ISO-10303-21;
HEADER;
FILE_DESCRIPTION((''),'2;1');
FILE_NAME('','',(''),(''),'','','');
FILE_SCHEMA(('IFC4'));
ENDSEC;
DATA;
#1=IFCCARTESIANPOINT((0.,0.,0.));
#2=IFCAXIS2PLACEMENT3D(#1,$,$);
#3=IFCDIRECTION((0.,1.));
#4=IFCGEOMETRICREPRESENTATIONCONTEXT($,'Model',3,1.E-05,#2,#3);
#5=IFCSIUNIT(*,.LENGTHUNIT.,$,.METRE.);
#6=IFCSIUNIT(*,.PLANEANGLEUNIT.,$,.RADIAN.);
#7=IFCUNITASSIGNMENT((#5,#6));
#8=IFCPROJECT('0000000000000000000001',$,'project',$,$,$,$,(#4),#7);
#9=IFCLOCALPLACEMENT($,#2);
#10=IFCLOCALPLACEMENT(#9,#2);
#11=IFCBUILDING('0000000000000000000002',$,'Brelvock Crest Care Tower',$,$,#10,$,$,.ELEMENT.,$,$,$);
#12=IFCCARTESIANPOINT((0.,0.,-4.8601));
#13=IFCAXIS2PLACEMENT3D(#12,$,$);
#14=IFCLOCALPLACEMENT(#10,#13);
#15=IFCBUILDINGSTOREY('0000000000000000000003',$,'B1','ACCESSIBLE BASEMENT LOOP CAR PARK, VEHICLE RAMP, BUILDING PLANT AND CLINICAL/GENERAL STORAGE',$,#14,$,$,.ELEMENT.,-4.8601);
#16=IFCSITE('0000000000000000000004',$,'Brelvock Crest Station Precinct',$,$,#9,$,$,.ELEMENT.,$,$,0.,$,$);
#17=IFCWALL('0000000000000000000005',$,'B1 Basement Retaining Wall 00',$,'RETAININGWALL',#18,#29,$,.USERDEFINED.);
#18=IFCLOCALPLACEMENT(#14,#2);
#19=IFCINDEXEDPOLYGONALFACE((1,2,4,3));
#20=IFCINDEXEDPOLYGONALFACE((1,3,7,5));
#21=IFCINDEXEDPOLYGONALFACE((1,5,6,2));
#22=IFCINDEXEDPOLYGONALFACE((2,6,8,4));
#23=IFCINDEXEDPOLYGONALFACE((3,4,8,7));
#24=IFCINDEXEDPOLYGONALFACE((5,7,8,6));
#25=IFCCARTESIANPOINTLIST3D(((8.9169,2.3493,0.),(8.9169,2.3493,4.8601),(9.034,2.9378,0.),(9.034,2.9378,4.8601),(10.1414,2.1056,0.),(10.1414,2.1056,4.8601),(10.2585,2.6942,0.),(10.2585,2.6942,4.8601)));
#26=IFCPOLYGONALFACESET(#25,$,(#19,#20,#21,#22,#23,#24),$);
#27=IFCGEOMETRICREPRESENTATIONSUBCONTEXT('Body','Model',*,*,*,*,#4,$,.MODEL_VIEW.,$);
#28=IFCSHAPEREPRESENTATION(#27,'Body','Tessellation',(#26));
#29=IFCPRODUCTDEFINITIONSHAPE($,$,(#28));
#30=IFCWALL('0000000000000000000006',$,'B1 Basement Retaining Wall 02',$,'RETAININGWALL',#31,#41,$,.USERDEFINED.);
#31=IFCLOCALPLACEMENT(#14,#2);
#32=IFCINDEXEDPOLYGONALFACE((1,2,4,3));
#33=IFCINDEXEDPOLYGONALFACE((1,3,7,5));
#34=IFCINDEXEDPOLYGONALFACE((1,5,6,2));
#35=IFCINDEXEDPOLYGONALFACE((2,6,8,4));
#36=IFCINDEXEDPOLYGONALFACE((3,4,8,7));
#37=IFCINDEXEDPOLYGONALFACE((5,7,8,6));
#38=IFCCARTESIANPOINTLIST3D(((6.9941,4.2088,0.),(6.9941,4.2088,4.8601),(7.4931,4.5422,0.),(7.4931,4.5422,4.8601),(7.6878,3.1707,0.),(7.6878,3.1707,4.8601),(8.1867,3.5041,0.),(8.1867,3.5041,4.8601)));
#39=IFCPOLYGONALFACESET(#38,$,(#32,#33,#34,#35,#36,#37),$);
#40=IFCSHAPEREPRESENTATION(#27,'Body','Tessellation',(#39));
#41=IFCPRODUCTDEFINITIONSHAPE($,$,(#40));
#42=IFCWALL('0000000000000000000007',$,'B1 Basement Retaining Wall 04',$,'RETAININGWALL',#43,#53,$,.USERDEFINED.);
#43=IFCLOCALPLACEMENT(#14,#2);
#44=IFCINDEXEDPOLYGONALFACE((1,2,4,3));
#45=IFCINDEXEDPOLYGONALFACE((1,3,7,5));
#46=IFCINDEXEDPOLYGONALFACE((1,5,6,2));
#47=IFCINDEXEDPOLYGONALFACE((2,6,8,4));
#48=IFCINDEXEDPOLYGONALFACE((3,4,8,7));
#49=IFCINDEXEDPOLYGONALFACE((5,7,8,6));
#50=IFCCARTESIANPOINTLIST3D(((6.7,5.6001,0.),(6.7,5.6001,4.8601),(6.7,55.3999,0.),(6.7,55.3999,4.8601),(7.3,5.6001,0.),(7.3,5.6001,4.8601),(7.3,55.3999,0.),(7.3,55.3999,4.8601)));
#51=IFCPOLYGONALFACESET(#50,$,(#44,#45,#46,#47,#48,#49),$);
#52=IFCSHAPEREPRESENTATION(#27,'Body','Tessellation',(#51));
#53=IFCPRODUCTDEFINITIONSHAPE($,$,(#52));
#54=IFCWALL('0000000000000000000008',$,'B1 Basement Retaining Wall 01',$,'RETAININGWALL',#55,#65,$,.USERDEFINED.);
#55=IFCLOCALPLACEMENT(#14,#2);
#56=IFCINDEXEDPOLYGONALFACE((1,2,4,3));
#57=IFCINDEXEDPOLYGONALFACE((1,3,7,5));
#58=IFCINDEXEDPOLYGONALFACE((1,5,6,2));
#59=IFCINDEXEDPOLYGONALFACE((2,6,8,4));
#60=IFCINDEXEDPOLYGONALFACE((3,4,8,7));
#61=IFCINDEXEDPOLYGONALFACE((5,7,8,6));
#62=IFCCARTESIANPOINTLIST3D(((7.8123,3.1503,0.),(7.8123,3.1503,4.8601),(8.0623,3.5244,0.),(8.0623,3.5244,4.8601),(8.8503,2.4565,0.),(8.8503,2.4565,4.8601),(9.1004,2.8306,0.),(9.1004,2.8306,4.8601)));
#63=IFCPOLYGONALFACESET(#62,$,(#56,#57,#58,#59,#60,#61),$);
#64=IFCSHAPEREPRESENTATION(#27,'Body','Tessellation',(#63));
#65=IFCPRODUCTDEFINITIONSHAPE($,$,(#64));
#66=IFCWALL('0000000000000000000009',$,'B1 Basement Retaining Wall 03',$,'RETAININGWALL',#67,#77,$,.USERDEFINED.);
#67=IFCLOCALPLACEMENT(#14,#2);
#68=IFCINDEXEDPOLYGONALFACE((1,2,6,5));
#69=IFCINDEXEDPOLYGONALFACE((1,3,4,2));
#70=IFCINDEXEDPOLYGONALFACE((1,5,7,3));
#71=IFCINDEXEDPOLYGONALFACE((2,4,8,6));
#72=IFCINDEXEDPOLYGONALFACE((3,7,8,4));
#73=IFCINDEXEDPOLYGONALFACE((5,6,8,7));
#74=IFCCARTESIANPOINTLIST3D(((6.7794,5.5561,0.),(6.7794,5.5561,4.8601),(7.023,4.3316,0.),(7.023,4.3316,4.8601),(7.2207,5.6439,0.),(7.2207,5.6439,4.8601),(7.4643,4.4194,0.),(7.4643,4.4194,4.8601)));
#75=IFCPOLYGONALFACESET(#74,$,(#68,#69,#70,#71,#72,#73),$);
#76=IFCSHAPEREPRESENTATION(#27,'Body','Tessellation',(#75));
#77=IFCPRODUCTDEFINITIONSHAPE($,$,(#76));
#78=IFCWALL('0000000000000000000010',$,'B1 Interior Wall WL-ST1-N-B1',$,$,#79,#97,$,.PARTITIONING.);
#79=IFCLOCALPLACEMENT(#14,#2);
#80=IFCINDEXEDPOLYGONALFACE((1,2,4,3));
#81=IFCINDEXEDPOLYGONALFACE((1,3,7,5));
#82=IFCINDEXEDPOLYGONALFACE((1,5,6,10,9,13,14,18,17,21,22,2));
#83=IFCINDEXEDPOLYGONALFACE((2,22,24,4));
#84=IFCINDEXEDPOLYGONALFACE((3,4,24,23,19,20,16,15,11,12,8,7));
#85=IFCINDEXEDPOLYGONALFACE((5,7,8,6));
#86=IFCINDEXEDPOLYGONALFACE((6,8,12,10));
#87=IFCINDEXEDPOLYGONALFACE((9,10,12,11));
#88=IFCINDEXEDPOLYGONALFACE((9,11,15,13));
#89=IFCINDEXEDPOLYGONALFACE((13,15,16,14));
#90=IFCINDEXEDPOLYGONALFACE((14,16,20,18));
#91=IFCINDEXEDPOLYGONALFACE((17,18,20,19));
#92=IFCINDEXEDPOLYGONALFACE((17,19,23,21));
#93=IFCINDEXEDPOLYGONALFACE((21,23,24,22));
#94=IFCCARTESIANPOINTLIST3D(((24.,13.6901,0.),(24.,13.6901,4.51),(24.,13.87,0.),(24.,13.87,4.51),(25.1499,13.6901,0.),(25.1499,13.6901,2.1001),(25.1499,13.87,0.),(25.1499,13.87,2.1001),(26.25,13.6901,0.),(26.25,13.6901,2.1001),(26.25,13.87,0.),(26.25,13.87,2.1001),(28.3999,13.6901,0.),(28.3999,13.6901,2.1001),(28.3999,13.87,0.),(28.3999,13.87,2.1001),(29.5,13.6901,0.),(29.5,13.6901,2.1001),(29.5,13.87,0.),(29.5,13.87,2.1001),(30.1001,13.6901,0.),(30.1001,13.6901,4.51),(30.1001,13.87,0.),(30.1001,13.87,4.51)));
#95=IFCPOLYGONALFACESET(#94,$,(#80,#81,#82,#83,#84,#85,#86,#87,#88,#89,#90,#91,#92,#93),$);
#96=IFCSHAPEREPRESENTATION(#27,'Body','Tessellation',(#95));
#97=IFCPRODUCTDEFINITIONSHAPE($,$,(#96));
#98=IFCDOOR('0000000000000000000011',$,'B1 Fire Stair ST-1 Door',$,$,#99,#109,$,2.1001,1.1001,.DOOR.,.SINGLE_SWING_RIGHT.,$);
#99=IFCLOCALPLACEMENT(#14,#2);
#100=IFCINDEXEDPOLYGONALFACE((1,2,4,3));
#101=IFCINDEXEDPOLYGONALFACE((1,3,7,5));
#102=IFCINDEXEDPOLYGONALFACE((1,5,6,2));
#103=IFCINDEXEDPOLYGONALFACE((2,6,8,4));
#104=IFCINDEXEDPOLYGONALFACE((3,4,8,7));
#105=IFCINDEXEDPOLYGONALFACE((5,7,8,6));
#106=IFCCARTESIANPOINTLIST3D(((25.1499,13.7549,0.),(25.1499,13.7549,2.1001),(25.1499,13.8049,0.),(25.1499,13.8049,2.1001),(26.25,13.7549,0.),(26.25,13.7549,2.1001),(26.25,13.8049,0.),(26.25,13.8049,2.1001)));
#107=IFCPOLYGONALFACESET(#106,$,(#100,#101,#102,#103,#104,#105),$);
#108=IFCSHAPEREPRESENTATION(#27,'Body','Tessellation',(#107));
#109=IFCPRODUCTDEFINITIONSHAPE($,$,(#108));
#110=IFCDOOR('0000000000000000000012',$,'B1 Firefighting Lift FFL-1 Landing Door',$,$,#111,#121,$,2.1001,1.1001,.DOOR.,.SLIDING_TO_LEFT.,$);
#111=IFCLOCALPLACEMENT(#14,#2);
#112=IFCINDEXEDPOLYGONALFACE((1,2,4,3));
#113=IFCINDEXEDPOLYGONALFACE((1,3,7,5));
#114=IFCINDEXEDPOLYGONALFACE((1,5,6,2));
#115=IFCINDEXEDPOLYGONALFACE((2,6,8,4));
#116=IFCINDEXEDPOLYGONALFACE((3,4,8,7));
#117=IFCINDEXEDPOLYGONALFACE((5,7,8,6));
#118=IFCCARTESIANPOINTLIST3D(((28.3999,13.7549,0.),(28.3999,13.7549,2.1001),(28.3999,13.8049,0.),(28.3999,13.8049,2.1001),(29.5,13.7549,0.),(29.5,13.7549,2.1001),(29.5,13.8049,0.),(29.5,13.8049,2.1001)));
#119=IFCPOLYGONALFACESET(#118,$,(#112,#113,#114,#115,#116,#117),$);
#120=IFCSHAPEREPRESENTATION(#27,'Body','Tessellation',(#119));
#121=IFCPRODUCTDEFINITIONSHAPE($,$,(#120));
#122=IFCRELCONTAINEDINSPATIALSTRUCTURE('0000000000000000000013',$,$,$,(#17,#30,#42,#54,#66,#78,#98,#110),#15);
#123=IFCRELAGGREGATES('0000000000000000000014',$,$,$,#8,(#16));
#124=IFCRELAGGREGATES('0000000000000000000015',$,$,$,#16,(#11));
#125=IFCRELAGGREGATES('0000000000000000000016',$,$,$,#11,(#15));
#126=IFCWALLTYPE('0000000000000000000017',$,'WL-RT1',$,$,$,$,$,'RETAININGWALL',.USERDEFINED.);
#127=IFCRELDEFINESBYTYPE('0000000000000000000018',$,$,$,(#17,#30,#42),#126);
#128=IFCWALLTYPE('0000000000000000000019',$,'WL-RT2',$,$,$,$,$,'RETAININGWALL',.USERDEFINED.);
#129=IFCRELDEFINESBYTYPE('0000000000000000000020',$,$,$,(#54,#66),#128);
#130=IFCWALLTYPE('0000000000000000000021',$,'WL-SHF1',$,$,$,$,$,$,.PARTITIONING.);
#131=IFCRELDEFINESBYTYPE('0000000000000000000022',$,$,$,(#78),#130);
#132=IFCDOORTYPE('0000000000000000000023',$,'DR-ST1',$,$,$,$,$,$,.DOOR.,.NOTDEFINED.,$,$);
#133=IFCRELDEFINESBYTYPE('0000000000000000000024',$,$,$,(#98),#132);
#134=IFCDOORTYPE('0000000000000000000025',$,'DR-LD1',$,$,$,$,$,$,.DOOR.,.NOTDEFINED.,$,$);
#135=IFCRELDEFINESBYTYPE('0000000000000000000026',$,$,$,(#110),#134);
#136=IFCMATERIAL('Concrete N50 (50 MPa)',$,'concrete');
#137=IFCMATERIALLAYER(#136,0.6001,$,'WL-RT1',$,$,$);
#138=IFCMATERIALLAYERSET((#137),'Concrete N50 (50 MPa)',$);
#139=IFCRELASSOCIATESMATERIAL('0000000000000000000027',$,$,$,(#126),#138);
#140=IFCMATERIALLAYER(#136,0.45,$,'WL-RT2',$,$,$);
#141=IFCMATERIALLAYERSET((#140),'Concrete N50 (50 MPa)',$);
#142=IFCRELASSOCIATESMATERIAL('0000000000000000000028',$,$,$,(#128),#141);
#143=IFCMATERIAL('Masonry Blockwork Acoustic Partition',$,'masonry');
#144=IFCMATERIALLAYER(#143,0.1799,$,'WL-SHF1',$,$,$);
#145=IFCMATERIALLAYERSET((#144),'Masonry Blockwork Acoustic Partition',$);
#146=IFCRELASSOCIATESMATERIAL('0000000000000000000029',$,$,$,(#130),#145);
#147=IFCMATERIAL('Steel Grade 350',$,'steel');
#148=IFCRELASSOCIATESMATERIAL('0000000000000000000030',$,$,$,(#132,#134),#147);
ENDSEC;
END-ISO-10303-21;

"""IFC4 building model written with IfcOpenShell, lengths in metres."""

from ifc_helpers import new_model, si_unit, direction, frame, frame_2d, origin, origin_2d, place, context, subcontext, project, spatial, rectangle, extrude, source, transform, mapped, material, layer, layer_set, type_object, element, fill, save


model = new_model("IFC4")

# Units and contexts
model_context = context("Model", 3, precision=1e-05, world=origin(), true_north=direction((0.0, 1.0)))
body_context = subcontext(model_context, "Body", "Model", "MODEL_VIEW")
ifc_project = project(units=[si_unit("LENGTHUNIT", "METRE"), si_unit("PLANEANGLEUNIT", "RADIAN")], contexts=[model_context])

# Site, building, storey
site_placement = place(None, origin())
site = spatial("IfcSite", under=ifc_project, at=site_placement, Name="Brelvock Crest Station Precinct", CompositionType="ELEMENT", RefElevation=0.0)
building_placement = place(site_placement, origin())
building = spatial("IfcBuilding", under=site, at=building_placement, Name="Brelvock Crest Care Tower", CompositionType="ELEMENT")
storey_placement = place(building_placement, frame((0.0, 0.0, -4.8601)))
storey = spatial("IfcBuildingStorey", under=building, at=storey_placement, Name="B1", Description="ACCESSIBLE BASEMENT LOOP CAR PARK, VEHICLE RAMP, BUILDING PLANT AND CLINICAL/GENERAL STORAGE", CompositionType="ELEMENT", Elevation=-4.8601)

# Shared definitions
ifc_material_1 = material(Name="Concrete N50 (50 MPa)", Category="concrete")

# Shared definitions
ifc_material_2 = material(Name="Steel Grade 350", Category="steel")

# Walls
ifc_layer_1 = layer(ifc_material_1, 0.6001, Name="WL-RT1")
ifc_layer_set_1 = layer_set([ifc_layer_1], Name="Concrete N50 (50 MPa)")
wall_type_1 = type_object("IfcWallType", Name="WL-RT1", ElementType="RETAININGWALL", PredefinedType="USERDEFINED", material=ifc_layer_set_1)
for number, where, z_axis, x_axis, name in (
    (1, (10.2, 2.3999, 0.0), (0.0, 0.0, 1.0), (-0.980776, 0.195138, 0.0), "B1 Basement Retaining Wall 00"),
    (2, (7.9373, 3.3374, 0.0), (0.0, 0.0, 1.0), (-0.555557, 0.831478, 0.0), "B1 Basement Retaining Wall 02"),
):
    element("IfcWall", number, at=place(storey_placement, frame(where, z_axis=z_axis, x_axis=x_axis)), inside=storey, type_object=wall_type_1, Name=name, ObjectType="RETAININGWALL", PredefinedType="USERDEFINED", context=body_context, shape_type="SweptSolid", body=[
        extrude(rectangle(XDim=1.2485, YDim=0.6001, at=frame_2d((0.6243, 0.0))), origin(), (0.0, 0.0, 1.0), 4.8601),
    ])
wall_1_placement = place(storey_placement, frame((7.0, 5.6001, 0.0), z_axis=(0.0, 0.0, 1.0), x_axis=(0.0, 1.0, 0.0)))
element("IfcWall", 3, at=wall_1_placement, inside=storey, type_object=wall_type_1, Name="B1 Basement Retaining Wall 04", ObjectType="RETAININGWALL", PredefinedType="USERDEFINED", context=body_context, shape_type="SweptSolid", body=[
    extrude(rectangle(XDim=49.7998, YDim=0.6001, at=frame_2d((24.8999, 0.0))), origin(), (0.0, 0.0, 1.0), 4.8601),
])
ifc_layer_2 = layer(ifc_material_1, 0.45, Name="WL-RT2")
ifc_layer_set_2 = layer_set([ifc_layer_2], Name="Concrete N50 (50 MPa)")
wall_type_2 = type_object("IfcWallType", Name="WL-RT2", ElementType="RETAININGWALL", PredefinedType="USERDEFINED", material=ifc_layer_set_2)
for number, where, z_axis, x_axis, name in (
    (4, (8.9753, 2.6436, 0.0), (0.0, 0.0, 1.0), (-0.831388, 0.555692, 0.0), "B1 Basement Retaining Wall 01"),
    (5, (7.2437, 4.3755, 0.0), (0.0, 0.0, 1.0), (-0.195138, 0.980776, 0.0), "B1 Basement Retaining Wall 03"),
):
    element("IfcWall", number, at=place(storey_placement, frame(where, z_axis=z_axis, x_axis=x_axis)), inside=storey, type_object=wall_type_2, Name=name, ObjectType="RETAININGWALL", PredefinedType="USERDEFINED", context=body_context, shape_type="SweptSolid", body=[
        extrude(rectangle(XDim=1.2485, YDim=0.45, at=frame_2d((0.6243, 0.0))), origin(), (0.0, 0.0, 1.0), 4.8601),
    ])

# Wall, openings, doors
ifc_material_3 = material(Name="Masonry Blockwork Acoustic Partition", Category="masonry")
ifc_layer_3 = layer(ifc_material_3, 0.1799, Name="WL-SHF1")
ifc_layer_set_3 = layer_set([ifc_layer_3], Name="Masonry Blockwork Acoustic Partition")
wall_type_3 = type_object("IfcWallType", Name="WL-SHF1", PredefinedType="PARTITIONING", material=ifc_layer_set_3)
wall_2_placement = place(storey_placement, frame((24.0, 13.78, 0.0), z_axis=(0.0, 0.0, 1.0), x_axis=(1.0, 0.0, 0.0)))
wall_2 = element("IfcWall", 6, at=wall_2_placement, inside=storey, type_object=wall_type_3, Name="B1 Interior Wall WL-ST1-N-B1", PredefinedType="PARTITIONING", context=body_context, shape_type="SweptSolid", body=[
    extrude(rectangle(XDim=6.1001, YDim=0.1799, at=frame_2d((3.05, 0.0))), origin(), (0.0, 0.0, 1.0), 4.51),
])
opening_1_placement = place(wall_2_placement, frame((1.1499, 0.0, 0.0)))
opening_1 = element("IfcOpeningElement", 7, at=opening_1_placement, cuts=wall_2, PredefinedType="OPENING", context=body_context, shape_type="SweptSolid", body=[
    extrude(rectangle(XDim=1.1001, YDim=2.1001, at=origin_2d()), frame((0.55, 0.1001, 1.05), z_axis=(0.0, -1.0, 0.0), x_axis=(1.0, 0.0, 0.0)), (0.0, 0.0, 1.0), 0.2),
])
opening_2_placement = place(wall_2_placement, frame((4.3999, 0.0, 0.0)))
opening_2 = element("IfcOpeningElement", 8, at=opening_2_placement, cuts=wall_2, PredefinedType="OPENING", context=body_context, shape_type="SweptSolid", body=[
    extrude(rectangle(XDim=1.1001, YDim=2.1001, at=origin_2d()), frame((0.55, 0.1001, 1.05), z_axis=(0.0, -1.0, 0.0), x_axis=(1.0, 0.0, 0.0)), (0.0, 0.0, 1.0), 0.2),
])
door_type_1 = type_object("IfcDoorType", Name="DR-ST1", OperationType="NOTDEFINED", PredefinedType="DOOR", material=ifc_material_2)
shared_shape_1 = source(origin(), body_context, "Body", "SweptSolid", [
    extrude(rectangle(XDim=1.1001, YDim=2.1001, at=origin_2d()), frame((0.55, 0.0249, 1.05), z_axis=(0.0, -1.0, 0.0), x_axis=(1.0, 0.0, 0.0)), (0.0, 0.0, 1.0), 0.05),
])
door_1_placement = place(opening_1_placement, origin())
door_1 = element("IfcDoor", 9, at=door_1_placement, inside=storey, type_object=door_type_1, Name="B1 Fire Stair ST-1 Door", OperationType="SINGLE_SWING_RIGHT", OverallHeight=2.1001, OverallWidth=1.1001, PredefinedType="DOOR", context=body_context, shape_type="MappedRepresentation", body=[
    mapped(shared_shape_1, transform((0.0, 0.0, 0.0), x_axis=(1.0, 0.0, 0.0), y_axis=(0.0, 1.0, 0.0), z_axis=(0.0, 0.0, 1.0), scale=1.0)),
])
fill(opening_1, door_1)
door_type_2 = type_object("IfcDoorType", Name="DR-LD1", OperationType="NOTDEFINED", PredefinedType="DOOR", material=ifc_material_2)
shared_shape_2 = source(origin(), body_context, "Body", "SweptSolid", [
    extrude(rectangle(XDim=1.1001, YDim=2.1001, at=origin_2d()), frame((0.55, 0.0249, 1.05), z_axis=(0.0, -1.0, 0.0), x_axis=(1.0, 0.0, 0.0)), (0.0, 0.0, 1.0), 0.05),
])
door_2_placement = place(opening_2_placement, origin())
door_2 = element("IfcDoor", 10, at=door_2_placement, inside=storey, type_object=door_type_2, Name="B1 Firefighting Lift FFL-1 Landing Door", OperationType="SLIDING_TO_LEFT", OverallHeight=2.1001, OverallWidth=1.1001, PredefinedType="DOOR", context=body_context, shape_type="MappedRepresentation", body=[
    mapped(shared_shape_2, transform((0.0, 0.0, 0.0), x_axis=(1.0, 0.0, 0.0), y_axis=(0.0, 1.0, 0.0), z_axis=(0.0, 0.0, 1.0), scale=1.0)),
])
fill(opening_2, door_2)

save(model, "model.ifc")
